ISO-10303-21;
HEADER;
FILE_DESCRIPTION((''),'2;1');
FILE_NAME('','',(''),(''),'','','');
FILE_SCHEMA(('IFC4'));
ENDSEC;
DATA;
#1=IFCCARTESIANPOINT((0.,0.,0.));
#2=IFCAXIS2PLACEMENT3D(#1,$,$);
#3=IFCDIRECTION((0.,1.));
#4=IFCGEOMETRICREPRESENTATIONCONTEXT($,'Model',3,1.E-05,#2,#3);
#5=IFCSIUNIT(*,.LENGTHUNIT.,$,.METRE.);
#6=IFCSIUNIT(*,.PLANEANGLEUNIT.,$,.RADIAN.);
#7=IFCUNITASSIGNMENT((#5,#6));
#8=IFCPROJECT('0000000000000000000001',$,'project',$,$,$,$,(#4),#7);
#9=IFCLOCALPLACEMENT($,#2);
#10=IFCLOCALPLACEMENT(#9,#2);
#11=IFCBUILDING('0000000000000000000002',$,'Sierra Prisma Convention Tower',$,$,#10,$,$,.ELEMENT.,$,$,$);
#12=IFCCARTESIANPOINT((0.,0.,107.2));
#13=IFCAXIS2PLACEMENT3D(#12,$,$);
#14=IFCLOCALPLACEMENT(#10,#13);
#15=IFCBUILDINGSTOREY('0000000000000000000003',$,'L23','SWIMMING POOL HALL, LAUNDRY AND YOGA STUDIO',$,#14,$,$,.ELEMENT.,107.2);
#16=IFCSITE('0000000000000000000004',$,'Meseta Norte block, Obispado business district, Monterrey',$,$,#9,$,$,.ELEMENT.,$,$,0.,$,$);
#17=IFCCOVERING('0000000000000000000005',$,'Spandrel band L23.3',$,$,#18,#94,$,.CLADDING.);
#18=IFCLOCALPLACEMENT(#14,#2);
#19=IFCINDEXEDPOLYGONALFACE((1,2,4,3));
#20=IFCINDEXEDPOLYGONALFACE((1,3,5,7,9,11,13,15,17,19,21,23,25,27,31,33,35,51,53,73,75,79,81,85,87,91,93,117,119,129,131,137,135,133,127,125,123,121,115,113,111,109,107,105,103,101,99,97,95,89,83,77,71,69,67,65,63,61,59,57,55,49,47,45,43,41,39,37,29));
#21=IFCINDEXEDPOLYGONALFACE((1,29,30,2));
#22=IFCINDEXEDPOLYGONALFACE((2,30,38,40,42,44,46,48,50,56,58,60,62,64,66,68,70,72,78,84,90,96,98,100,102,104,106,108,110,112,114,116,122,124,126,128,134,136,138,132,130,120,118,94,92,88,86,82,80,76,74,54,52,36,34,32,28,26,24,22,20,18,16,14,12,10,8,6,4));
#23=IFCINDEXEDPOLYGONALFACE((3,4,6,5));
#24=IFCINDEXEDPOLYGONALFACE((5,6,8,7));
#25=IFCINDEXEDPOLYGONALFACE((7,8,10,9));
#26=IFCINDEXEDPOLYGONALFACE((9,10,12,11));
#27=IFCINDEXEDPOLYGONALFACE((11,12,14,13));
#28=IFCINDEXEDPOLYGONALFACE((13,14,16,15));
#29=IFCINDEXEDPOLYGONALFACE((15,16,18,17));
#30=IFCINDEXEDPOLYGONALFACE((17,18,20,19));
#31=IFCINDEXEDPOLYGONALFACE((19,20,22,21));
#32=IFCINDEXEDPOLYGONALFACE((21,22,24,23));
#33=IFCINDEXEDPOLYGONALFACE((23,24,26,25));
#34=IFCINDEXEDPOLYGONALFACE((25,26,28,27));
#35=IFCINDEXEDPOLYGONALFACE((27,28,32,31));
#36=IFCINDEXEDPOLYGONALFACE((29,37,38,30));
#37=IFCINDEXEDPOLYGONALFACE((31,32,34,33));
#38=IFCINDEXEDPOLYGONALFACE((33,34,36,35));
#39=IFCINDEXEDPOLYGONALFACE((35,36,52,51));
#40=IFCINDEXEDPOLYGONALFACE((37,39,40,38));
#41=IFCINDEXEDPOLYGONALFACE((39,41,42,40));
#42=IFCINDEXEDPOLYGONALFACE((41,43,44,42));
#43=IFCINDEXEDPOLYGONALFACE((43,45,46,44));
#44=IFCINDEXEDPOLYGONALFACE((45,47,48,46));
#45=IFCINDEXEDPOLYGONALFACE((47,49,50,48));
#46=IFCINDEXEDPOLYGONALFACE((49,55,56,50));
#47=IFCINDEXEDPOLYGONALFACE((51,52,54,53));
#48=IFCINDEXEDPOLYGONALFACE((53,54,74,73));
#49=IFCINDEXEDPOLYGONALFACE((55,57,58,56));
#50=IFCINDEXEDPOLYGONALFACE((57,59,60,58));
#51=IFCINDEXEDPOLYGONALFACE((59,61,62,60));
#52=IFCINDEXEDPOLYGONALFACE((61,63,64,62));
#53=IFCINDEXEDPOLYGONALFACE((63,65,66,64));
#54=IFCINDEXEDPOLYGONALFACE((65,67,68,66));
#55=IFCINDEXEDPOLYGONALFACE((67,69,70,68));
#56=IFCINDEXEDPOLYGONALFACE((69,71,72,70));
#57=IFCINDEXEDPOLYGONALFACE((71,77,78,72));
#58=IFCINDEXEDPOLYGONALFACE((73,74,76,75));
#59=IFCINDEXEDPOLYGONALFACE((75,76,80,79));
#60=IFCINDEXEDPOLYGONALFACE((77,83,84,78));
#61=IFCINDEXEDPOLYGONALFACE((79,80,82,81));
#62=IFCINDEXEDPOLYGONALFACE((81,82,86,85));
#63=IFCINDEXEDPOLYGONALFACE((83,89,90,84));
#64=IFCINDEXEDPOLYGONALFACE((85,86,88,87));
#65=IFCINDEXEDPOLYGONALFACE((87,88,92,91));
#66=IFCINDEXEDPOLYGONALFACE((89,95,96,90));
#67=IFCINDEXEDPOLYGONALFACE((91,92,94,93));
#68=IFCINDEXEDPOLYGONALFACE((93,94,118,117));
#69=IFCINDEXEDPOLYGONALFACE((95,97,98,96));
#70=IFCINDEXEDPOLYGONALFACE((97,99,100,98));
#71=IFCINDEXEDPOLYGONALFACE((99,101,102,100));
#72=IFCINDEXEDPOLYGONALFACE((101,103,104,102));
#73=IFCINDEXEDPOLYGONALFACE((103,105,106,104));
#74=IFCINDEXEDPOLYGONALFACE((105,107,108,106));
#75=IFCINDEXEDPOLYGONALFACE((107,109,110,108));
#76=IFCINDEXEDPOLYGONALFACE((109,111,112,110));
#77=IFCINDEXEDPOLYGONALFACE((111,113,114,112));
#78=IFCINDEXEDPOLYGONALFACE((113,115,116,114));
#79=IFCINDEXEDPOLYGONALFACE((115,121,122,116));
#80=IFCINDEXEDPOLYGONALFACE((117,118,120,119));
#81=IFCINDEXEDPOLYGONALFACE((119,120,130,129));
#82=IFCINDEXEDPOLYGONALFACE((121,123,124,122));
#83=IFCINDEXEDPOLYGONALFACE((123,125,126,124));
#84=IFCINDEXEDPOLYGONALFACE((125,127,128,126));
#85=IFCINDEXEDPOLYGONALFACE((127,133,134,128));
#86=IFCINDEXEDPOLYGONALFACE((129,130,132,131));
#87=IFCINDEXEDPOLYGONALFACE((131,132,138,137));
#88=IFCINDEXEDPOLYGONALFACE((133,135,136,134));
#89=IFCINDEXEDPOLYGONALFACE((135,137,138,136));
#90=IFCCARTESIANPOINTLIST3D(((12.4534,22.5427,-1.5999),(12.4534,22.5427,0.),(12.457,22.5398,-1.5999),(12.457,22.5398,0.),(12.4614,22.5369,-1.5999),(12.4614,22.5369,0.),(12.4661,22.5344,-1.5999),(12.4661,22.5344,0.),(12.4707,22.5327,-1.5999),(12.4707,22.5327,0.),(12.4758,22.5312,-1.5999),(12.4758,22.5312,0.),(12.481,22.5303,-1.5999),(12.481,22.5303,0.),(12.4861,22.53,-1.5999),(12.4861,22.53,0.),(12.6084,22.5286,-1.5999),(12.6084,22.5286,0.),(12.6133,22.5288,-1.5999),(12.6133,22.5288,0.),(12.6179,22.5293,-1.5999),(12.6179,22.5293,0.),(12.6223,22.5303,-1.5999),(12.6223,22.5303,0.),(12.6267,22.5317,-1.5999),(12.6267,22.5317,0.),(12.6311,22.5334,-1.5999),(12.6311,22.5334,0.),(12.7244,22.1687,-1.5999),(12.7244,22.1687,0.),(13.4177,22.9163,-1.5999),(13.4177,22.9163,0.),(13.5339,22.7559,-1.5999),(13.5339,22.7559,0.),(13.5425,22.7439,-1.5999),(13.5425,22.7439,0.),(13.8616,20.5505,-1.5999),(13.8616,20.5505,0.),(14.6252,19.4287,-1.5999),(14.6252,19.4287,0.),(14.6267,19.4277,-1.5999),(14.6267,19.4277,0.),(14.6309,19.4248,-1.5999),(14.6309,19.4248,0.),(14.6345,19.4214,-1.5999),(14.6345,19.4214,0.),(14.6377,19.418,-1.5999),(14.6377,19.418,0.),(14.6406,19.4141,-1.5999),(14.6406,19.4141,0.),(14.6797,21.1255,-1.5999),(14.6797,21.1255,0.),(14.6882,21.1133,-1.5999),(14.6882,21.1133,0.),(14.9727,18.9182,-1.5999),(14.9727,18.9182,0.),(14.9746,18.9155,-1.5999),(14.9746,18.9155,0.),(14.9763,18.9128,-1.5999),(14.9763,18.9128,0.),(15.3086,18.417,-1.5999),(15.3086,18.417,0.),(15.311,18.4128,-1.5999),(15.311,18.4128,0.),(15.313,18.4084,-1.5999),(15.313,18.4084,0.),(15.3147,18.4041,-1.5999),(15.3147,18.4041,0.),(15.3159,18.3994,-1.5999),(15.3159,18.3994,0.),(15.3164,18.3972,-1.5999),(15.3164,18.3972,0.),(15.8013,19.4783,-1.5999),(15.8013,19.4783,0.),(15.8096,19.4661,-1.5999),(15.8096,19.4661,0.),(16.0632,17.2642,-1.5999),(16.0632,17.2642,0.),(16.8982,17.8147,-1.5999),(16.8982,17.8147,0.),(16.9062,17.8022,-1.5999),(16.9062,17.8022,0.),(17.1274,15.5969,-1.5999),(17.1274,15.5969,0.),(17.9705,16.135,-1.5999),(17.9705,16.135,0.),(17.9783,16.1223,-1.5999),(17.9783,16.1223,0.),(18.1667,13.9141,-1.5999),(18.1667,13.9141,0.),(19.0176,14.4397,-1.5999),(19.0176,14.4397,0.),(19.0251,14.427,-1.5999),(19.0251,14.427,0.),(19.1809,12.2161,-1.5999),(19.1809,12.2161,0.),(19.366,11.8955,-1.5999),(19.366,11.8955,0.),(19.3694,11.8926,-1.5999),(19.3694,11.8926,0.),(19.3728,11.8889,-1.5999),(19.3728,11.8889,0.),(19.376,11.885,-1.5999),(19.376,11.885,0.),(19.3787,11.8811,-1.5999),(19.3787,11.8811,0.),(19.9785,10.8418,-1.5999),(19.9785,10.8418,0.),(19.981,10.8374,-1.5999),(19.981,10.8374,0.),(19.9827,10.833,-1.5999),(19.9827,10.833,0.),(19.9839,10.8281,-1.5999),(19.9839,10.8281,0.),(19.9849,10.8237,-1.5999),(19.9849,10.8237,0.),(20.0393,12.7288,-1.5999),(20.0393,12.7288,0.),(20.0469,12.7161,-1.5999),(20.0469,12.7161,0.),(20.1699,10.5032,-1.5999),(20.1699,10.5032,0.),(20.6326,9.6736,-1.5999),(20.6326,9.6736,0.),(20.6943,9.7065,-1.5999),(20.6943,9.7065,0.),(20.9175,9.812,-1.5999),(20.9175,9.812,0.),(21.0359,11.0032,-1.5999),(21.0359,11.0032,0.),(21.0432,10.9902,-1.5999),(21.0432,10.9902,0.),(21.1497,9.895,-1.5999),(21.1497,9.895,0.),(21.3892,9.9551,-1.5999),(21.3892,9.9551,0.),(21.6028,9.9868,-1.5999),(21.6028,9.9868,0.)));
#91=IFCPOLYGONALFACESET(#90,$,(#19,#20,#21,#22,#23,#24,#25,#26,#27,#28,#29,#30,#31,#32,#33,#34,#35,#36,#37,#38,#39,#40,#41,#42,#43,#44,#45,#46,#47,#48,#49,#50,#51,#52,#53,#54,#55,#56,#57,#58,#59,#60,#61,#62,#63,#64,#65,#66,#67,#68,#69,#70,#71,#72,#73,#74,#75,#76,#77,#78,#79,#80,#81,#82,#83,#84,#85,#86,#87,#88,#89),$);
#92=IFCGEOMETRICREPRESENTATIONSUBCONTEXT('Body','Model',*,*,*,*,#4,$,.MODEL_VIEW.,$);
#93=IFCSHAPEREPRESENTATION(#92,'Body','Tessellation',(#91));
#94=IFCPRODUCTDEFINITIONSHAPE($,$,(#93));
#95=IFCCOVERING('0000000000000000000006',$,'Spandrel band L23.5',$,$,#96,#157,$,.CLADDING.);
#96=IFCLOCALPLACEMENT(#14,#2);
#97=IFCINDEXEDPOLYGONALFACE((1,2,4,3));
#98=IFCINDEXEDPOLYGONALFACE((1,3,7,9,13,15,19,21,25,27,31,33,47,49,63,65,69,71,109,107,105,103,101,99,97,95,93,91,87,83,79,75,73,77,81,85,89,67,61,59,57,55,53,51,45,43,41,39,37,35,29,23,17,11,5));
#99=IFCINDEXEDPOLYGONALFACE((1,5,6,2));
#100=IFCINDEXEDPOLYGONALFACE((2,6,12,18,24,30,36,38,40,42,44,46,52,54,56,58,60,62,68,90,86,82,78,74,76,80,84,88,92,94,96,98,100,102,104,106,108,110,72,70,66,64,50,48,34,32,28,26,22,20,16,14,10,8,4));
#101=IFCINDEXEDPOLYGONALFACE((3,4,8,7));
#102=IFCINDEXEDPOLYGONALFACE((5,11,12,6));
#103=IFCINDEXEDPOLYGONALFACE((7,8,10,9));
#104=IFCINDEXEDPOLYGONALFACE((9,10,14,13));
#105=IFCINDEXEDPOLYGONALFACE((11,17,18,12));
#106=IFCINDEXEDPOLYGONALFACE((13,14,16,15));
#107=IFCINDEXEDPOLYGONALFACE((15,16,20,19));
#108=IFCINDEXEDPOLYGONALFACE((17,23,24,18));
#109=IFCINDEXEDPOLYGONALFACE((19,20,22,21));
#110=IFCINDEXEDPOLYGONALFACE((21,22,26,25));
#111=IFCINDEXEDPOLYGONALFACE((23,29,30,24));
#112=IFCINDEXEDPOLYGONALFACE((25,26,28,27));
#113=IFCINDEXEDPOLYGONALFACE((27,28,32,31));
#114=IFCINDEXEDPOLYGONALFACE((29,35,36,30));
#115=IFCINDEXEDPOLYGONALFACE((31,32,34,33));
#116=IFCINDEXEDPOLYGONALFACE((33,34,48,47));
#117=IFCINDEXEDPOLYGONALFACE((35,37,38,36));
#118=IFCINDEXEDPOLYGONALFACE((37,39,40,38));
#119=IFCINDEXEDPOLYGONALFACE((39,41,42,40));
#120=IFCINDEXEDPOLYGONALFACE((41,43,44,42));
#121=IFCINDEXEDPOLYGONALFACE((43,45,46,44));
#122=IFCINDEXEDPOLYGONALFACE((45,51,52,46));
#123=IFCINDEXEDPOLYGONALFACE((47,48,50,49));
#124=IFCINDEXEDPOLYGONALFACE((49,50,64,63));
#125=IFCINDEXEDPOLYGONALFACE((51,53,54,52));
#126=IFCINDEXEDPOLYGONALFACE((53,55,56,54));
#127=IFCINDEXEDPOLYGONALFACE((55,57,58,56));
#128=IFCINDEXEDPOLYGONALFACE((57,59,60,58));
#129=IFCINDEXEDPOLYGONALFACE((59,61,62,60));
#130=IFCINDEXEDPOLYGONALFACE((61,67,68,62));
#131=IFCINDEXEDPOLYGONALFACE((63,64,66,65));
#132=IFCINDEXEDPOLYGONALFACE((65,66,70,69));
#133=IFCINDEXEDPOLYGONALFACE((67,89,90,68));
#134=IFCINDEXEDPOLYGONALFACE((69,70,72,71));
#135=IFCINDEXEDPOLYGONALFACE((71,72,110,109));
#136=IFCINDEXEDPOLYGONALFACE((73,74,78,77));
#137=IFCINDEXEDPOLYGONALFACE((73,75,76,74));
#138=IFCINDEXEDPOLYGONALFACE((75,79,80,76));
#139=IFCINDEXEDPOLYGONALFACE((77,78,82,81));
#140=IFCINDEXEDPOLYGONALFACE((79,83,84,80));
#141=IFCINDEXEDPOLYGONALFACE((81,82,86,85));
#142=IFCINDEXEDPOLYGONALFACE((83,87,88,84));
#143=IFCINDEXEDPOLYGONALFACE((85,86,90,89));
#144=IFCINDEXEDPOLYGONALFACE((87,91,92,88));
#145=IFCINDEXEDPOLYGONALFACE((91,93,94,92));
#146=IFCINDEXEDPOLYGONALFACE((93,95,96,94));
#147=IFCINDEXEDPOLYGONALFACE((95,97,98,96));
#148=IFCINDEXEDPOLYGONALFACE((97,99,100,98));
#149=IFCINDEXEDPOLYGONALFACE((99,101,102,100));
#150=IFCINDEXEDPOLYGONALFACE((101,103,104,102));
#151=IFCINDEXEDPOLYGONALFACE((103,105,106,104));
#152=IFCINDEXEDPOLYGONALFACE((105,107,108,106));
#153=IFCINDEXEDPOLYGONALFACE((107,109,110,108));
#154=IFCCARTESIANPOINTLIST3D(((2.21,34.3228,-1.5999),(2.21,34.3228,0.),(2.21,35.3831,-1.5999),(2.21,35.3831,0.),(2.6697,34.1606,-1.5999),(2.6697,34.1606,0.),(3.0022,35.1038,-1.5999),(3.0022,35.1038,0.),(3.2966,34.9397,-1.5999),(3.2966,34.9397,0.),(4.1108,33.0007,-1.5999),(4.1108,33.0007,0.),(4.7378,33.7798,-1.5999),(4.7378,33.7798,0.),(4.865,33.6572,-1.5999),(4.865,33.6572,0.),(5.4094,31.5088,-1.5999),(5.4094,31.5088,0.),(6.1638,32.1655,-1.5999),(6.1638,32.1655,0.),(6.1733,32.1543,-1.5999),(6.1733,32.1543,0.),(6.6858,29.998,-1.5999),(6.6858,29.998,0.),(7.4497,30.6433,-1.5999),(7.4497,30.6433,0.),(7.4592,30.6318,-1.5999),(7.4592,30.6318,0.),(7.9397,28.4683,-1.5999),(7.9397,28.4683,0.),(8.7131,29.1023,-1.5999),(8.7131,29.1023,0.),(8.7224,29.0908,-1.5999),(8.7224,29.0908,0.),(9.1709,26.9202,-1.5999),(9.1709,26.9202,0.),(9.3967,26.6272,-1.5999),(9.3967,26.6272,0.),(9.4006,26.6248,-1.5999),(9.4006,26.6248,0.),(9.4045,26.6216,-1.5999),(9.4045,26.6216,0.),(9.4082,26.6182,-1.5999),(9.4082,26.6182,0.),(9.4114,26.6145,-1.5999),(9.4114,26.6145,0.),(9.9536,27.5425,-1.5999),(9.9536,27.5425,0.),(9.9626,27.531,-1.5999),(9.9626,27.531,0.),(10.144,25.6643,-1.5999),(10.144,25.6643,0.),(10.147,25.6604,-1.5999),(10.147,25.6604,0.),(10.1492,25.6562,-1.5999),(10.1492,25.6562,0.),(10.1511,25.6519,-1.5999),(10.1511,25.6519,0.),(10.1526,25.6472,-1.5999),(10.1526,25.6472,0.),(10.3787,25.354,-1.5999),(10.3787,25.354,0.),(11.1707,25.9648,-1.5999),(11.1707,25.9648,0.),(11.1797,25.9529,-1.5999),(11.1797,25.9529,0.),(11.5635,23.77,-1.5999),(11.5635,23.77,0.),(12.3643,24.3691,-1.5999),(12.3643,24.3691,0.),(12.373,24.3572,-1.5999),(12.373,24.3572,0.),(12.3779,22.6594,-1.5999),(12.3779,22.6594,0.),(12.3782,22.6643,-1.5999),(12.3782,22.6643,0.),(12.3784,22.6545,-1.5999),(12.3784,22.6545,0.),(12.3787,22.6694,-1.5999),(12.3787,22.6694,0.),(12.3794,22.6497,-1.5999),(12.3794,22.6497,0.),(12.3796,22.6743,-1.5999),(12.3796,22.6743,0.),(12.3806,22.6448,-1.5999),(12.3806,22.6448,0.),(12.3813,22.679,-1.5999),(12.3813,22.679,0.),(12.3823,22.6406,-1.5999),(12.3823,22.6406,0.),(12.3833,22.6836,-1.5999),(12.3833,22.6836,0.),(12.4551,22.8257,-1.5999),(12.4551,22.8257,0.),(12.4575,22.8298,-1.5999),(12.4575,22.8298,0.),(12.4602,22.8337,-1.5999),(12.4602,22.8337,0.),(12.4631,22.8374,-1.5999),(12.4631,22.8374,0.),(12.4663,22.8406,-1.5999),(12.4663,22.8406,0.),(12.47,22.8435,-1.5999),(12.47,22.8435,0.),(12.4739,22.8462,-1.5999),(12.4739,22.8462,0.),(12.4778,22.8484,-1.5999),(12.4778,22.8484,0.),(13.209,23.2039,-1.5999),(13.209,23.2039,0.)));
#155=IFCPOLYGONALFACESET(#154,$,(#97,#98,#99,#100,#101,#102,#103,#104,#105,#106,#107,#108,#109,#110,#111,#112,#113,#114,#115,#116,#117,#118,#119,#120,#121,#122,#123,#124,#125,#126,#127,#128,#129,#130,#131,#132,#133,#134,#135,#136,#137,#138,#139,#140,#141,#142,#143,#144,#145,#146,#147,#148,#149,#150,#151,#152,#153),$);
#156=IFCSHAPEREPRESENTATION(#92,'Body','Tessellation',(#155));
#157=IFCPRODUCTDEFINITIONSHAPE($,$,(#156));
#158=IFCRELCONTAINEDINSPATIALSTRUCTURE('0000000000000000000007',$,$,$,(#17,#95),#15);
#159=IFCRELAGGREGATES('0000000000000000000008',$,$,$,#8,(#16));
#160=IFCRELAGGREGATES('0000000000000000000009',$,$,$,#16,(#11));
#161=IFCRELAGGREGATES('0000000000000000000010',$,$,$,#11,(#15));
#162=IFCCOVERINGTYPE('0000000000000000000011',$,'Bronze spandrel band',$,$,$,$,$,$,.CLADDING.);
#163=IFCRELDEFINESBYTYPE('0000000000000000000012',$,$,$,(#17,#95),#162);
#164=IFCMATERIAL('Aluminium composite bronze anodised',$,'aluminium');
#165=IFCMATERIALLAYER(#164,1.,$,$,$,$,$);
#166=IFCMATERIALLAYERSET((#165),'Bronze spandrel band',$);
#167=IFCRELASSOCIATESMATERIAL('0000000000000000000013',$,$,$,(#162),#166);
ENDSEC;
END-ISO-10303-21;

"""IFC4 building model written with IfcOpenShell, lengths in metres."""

from ifc_helpers import new_model, si_unit, direction, frame, origin, place, context, subcontext, project, spatial, polyline, outline, extrude, material, layer, layer_set, type_object, element, save


model = new_model("IFC4")

# Units and contexts
model_context = context("Model", 3, precision=1e-05, world=origin(), true_north=direction((0.0, 1.0)))
body_context = subcontext(model_context, "Body", "Model", "MODEL_VIEW")
ifc_project = project(units=[si_unit("LENGTHUNIT", "METRE"), si_unit("PLANEANGLEUNIT", "RADIAN")], contexts=[model_context])

# Site, building, storey
site_placement = place(None, origin())
site = spatial("IfcSite", under=ifc_project, at=site_placement, Name="Meseta Norte block, Obispado business district, Monterrey", CompositionType="ELEMENT", RefElevation=0.0)
building_placement = place(site_placement, origin())
building = spatial("IfcBuilding", under=site, at=building_placement, Name="Sierra Prisma Convention Tower", CompositionType="ELEMENT")
storey_placement = place(building_placement, frame((0.0, 0.0, 107.2)))
storey = spatial("IfcBuildingStorey", under=building, at=storey_placement, Name="L23", Description="SWIMMING POOL HALL, LAUNDRY AND YOGA STUDIO", CompositionType="ELEMENT", Elevation=107.2)

# Coverings
ifc_material_1 = material(Name="Aluminium composite bronze anodised", Category="aluminium")
ifc_layer_1 = layer(ifc_material_1, 1.0)
ifc_layer_set_1 = layer_set([ifc_layer_1], Name="Bronze spandrel band")
covering_type_1 = type_object("IfcCoveringType", Name="Bronze spandrel band", PredefinedType="CLADDING", material=ifc_layer_set_1)
covering_1_placement = place(storey_placement, frame((0.0, 0.0, -1.5999)))
element("IfcCovering", 1, at=covering_1_placement, inside=storey, type_object=covering_type_1, Name="Spandrel band L23.3", PredefinedType="CLADDING", context=body_context, shape_type="SweptSolid", body=[
    extrude(outline(polyline([(15.3086, 18.417), (14.9763, 18.9128), (14.9746, 18.9155), (14.9727, 18.9182), (14.6406, 19.4141), (14.6377, 19.418), (14.6345, 19.4214), (14.6309, 19.4248), (14.6267, 19.4277), (14.6252, 19.4287), (13.8616, 20.5505), (12.7244, 22.1687), (12.4534, 22.5427), (12.457, 22.5398), (12.4614, 22.5369), (12.4661, 22.5344), (12.4707, 22.5327), (12.4758, 22.5312), (12.481, 22.5303), (12.4861, 22.53), (12.6084, 22.5286), (12.6133, 22.5288), (12.6179, 22.5293), (12.6223, 22.5303), (12.6267, 22.5317), (12.6311, 22.5334), (13.4177, 22.9163), (13.5339, 22.7559), (13.5425, 22.7439), (14.6797, 21.1255), (14.6882, 21.1133), (15.8013, 19.4783), (15.8096, 19.4661), (16.8982, 17.8147), (16.9062, 17.8022), (17.9705, 16.135), (17.9783, 16.1223), (19.0176, 14.4397), (19.0251, 14.427), (20.0393, 12.7288), (20.0469, 12.7161), (21.0359, 11.0032), (21.0432, 10.9902), (21.6028, 9.9868), (21.3892, 9.9551), (21.1497, 9.895), (20.9175, 9.812), (20.6943, 9.7065), (20.6326, 9.6736), (20.1699, 10.5032), (19.9849, 10.8237), (19.9839, 10.8281), (19.9827, 10.833), (19.981, 10.8374), (19.9785, 10.8418), (19.3787, 11.8811), (19.376, 11.885), (19.3728, 11.8889), (19.3694, 11.8926), (19.366, 11.8955), (19.1809, 12.2161), (18.1667, 13.9141), (17.1274, 15.5969), (16.0632, 17.2642), (15.3164, 18.3972), (15.3159, 18.3994), (15.3147, 18.4041), (15.313, 18.4084), (15.311, 18.4128), (15.3086, 18.417)])), origin(), (0.0, 0.0, 1.0), 1.5999),
])
covering_2_placement = place(storey_placement, frame((0.0, 0.0, -1.5999)))
element("IfcCovering", 2, at=covering_2_placement, inside=storey, type_object=covering_type_1, Name="Spandrel band L23.5", PredefinedType="CLADDING", context=body_context, shape_type="SweptSolid", body=[
    extrude(outline(polyline([(11.1707, 25.9648), (11.1797, 25.9529), (12.3643, 24.3691), (12.373, 24.3572), (13.209, 23.2039), (12.4778, 22.8484), (12.4739, 22.8462), (12.47, 22.8435), (12.4663, 22.8406), (12.4631, 22.8374), (12.4602, 22.8337), (12.4575, 22.8298), (12.4551, 22.8257), (12.3833, 22.6836), (12.3813, 22.679), (12.3796, 22.6743), (12.3787, 22.6694), (12.3782, 22.6643), (12.3779, 22.6594), (12.3784, 22.6545), (12.3794, 22.6497), (12.3806, 22.6448), (12.3823, 22.6406), (11.5635, 23.77), (10.3787, 25.354), (10.1526, 25.6472), (10.1526, 25.6472), (10.1511, 25.6519), (10.1492, 25.6562), (10.147, 25.6604), (10.144, 25.6643), (9.4114, 26.6145), (9.4082, 26.6182), (9.4045, 26.6216), (9.4006, 26.6248), (9.3967, 26.6272), (9.1709, 26.9202), (7.9397, 28.4683), (6.6858, 29.998), (5.4094, 31.5088), (4.1108, 33.0007), (2.6697, 34.1606), (2.21, 34.3228), (2.21, 35.3831), (3.0022, 35.1038), (3.2966, 34.9397), (4.7378, 33.7798), (4.865, 33.6572), (6.1638, 32.1655), (6.1733, 32.1543), (7.4497, 30.6433), (7.4592, 30.6318), (8.7131, 29.1023), (8.7224, 29.0908), (9.9536, 27.5425), (9.9626, 27.531), (11.1707, 25.9648)])), origin(), (0.0, 0.0, 1.0), 1.5999),
])

save(model, "model.ifc")
